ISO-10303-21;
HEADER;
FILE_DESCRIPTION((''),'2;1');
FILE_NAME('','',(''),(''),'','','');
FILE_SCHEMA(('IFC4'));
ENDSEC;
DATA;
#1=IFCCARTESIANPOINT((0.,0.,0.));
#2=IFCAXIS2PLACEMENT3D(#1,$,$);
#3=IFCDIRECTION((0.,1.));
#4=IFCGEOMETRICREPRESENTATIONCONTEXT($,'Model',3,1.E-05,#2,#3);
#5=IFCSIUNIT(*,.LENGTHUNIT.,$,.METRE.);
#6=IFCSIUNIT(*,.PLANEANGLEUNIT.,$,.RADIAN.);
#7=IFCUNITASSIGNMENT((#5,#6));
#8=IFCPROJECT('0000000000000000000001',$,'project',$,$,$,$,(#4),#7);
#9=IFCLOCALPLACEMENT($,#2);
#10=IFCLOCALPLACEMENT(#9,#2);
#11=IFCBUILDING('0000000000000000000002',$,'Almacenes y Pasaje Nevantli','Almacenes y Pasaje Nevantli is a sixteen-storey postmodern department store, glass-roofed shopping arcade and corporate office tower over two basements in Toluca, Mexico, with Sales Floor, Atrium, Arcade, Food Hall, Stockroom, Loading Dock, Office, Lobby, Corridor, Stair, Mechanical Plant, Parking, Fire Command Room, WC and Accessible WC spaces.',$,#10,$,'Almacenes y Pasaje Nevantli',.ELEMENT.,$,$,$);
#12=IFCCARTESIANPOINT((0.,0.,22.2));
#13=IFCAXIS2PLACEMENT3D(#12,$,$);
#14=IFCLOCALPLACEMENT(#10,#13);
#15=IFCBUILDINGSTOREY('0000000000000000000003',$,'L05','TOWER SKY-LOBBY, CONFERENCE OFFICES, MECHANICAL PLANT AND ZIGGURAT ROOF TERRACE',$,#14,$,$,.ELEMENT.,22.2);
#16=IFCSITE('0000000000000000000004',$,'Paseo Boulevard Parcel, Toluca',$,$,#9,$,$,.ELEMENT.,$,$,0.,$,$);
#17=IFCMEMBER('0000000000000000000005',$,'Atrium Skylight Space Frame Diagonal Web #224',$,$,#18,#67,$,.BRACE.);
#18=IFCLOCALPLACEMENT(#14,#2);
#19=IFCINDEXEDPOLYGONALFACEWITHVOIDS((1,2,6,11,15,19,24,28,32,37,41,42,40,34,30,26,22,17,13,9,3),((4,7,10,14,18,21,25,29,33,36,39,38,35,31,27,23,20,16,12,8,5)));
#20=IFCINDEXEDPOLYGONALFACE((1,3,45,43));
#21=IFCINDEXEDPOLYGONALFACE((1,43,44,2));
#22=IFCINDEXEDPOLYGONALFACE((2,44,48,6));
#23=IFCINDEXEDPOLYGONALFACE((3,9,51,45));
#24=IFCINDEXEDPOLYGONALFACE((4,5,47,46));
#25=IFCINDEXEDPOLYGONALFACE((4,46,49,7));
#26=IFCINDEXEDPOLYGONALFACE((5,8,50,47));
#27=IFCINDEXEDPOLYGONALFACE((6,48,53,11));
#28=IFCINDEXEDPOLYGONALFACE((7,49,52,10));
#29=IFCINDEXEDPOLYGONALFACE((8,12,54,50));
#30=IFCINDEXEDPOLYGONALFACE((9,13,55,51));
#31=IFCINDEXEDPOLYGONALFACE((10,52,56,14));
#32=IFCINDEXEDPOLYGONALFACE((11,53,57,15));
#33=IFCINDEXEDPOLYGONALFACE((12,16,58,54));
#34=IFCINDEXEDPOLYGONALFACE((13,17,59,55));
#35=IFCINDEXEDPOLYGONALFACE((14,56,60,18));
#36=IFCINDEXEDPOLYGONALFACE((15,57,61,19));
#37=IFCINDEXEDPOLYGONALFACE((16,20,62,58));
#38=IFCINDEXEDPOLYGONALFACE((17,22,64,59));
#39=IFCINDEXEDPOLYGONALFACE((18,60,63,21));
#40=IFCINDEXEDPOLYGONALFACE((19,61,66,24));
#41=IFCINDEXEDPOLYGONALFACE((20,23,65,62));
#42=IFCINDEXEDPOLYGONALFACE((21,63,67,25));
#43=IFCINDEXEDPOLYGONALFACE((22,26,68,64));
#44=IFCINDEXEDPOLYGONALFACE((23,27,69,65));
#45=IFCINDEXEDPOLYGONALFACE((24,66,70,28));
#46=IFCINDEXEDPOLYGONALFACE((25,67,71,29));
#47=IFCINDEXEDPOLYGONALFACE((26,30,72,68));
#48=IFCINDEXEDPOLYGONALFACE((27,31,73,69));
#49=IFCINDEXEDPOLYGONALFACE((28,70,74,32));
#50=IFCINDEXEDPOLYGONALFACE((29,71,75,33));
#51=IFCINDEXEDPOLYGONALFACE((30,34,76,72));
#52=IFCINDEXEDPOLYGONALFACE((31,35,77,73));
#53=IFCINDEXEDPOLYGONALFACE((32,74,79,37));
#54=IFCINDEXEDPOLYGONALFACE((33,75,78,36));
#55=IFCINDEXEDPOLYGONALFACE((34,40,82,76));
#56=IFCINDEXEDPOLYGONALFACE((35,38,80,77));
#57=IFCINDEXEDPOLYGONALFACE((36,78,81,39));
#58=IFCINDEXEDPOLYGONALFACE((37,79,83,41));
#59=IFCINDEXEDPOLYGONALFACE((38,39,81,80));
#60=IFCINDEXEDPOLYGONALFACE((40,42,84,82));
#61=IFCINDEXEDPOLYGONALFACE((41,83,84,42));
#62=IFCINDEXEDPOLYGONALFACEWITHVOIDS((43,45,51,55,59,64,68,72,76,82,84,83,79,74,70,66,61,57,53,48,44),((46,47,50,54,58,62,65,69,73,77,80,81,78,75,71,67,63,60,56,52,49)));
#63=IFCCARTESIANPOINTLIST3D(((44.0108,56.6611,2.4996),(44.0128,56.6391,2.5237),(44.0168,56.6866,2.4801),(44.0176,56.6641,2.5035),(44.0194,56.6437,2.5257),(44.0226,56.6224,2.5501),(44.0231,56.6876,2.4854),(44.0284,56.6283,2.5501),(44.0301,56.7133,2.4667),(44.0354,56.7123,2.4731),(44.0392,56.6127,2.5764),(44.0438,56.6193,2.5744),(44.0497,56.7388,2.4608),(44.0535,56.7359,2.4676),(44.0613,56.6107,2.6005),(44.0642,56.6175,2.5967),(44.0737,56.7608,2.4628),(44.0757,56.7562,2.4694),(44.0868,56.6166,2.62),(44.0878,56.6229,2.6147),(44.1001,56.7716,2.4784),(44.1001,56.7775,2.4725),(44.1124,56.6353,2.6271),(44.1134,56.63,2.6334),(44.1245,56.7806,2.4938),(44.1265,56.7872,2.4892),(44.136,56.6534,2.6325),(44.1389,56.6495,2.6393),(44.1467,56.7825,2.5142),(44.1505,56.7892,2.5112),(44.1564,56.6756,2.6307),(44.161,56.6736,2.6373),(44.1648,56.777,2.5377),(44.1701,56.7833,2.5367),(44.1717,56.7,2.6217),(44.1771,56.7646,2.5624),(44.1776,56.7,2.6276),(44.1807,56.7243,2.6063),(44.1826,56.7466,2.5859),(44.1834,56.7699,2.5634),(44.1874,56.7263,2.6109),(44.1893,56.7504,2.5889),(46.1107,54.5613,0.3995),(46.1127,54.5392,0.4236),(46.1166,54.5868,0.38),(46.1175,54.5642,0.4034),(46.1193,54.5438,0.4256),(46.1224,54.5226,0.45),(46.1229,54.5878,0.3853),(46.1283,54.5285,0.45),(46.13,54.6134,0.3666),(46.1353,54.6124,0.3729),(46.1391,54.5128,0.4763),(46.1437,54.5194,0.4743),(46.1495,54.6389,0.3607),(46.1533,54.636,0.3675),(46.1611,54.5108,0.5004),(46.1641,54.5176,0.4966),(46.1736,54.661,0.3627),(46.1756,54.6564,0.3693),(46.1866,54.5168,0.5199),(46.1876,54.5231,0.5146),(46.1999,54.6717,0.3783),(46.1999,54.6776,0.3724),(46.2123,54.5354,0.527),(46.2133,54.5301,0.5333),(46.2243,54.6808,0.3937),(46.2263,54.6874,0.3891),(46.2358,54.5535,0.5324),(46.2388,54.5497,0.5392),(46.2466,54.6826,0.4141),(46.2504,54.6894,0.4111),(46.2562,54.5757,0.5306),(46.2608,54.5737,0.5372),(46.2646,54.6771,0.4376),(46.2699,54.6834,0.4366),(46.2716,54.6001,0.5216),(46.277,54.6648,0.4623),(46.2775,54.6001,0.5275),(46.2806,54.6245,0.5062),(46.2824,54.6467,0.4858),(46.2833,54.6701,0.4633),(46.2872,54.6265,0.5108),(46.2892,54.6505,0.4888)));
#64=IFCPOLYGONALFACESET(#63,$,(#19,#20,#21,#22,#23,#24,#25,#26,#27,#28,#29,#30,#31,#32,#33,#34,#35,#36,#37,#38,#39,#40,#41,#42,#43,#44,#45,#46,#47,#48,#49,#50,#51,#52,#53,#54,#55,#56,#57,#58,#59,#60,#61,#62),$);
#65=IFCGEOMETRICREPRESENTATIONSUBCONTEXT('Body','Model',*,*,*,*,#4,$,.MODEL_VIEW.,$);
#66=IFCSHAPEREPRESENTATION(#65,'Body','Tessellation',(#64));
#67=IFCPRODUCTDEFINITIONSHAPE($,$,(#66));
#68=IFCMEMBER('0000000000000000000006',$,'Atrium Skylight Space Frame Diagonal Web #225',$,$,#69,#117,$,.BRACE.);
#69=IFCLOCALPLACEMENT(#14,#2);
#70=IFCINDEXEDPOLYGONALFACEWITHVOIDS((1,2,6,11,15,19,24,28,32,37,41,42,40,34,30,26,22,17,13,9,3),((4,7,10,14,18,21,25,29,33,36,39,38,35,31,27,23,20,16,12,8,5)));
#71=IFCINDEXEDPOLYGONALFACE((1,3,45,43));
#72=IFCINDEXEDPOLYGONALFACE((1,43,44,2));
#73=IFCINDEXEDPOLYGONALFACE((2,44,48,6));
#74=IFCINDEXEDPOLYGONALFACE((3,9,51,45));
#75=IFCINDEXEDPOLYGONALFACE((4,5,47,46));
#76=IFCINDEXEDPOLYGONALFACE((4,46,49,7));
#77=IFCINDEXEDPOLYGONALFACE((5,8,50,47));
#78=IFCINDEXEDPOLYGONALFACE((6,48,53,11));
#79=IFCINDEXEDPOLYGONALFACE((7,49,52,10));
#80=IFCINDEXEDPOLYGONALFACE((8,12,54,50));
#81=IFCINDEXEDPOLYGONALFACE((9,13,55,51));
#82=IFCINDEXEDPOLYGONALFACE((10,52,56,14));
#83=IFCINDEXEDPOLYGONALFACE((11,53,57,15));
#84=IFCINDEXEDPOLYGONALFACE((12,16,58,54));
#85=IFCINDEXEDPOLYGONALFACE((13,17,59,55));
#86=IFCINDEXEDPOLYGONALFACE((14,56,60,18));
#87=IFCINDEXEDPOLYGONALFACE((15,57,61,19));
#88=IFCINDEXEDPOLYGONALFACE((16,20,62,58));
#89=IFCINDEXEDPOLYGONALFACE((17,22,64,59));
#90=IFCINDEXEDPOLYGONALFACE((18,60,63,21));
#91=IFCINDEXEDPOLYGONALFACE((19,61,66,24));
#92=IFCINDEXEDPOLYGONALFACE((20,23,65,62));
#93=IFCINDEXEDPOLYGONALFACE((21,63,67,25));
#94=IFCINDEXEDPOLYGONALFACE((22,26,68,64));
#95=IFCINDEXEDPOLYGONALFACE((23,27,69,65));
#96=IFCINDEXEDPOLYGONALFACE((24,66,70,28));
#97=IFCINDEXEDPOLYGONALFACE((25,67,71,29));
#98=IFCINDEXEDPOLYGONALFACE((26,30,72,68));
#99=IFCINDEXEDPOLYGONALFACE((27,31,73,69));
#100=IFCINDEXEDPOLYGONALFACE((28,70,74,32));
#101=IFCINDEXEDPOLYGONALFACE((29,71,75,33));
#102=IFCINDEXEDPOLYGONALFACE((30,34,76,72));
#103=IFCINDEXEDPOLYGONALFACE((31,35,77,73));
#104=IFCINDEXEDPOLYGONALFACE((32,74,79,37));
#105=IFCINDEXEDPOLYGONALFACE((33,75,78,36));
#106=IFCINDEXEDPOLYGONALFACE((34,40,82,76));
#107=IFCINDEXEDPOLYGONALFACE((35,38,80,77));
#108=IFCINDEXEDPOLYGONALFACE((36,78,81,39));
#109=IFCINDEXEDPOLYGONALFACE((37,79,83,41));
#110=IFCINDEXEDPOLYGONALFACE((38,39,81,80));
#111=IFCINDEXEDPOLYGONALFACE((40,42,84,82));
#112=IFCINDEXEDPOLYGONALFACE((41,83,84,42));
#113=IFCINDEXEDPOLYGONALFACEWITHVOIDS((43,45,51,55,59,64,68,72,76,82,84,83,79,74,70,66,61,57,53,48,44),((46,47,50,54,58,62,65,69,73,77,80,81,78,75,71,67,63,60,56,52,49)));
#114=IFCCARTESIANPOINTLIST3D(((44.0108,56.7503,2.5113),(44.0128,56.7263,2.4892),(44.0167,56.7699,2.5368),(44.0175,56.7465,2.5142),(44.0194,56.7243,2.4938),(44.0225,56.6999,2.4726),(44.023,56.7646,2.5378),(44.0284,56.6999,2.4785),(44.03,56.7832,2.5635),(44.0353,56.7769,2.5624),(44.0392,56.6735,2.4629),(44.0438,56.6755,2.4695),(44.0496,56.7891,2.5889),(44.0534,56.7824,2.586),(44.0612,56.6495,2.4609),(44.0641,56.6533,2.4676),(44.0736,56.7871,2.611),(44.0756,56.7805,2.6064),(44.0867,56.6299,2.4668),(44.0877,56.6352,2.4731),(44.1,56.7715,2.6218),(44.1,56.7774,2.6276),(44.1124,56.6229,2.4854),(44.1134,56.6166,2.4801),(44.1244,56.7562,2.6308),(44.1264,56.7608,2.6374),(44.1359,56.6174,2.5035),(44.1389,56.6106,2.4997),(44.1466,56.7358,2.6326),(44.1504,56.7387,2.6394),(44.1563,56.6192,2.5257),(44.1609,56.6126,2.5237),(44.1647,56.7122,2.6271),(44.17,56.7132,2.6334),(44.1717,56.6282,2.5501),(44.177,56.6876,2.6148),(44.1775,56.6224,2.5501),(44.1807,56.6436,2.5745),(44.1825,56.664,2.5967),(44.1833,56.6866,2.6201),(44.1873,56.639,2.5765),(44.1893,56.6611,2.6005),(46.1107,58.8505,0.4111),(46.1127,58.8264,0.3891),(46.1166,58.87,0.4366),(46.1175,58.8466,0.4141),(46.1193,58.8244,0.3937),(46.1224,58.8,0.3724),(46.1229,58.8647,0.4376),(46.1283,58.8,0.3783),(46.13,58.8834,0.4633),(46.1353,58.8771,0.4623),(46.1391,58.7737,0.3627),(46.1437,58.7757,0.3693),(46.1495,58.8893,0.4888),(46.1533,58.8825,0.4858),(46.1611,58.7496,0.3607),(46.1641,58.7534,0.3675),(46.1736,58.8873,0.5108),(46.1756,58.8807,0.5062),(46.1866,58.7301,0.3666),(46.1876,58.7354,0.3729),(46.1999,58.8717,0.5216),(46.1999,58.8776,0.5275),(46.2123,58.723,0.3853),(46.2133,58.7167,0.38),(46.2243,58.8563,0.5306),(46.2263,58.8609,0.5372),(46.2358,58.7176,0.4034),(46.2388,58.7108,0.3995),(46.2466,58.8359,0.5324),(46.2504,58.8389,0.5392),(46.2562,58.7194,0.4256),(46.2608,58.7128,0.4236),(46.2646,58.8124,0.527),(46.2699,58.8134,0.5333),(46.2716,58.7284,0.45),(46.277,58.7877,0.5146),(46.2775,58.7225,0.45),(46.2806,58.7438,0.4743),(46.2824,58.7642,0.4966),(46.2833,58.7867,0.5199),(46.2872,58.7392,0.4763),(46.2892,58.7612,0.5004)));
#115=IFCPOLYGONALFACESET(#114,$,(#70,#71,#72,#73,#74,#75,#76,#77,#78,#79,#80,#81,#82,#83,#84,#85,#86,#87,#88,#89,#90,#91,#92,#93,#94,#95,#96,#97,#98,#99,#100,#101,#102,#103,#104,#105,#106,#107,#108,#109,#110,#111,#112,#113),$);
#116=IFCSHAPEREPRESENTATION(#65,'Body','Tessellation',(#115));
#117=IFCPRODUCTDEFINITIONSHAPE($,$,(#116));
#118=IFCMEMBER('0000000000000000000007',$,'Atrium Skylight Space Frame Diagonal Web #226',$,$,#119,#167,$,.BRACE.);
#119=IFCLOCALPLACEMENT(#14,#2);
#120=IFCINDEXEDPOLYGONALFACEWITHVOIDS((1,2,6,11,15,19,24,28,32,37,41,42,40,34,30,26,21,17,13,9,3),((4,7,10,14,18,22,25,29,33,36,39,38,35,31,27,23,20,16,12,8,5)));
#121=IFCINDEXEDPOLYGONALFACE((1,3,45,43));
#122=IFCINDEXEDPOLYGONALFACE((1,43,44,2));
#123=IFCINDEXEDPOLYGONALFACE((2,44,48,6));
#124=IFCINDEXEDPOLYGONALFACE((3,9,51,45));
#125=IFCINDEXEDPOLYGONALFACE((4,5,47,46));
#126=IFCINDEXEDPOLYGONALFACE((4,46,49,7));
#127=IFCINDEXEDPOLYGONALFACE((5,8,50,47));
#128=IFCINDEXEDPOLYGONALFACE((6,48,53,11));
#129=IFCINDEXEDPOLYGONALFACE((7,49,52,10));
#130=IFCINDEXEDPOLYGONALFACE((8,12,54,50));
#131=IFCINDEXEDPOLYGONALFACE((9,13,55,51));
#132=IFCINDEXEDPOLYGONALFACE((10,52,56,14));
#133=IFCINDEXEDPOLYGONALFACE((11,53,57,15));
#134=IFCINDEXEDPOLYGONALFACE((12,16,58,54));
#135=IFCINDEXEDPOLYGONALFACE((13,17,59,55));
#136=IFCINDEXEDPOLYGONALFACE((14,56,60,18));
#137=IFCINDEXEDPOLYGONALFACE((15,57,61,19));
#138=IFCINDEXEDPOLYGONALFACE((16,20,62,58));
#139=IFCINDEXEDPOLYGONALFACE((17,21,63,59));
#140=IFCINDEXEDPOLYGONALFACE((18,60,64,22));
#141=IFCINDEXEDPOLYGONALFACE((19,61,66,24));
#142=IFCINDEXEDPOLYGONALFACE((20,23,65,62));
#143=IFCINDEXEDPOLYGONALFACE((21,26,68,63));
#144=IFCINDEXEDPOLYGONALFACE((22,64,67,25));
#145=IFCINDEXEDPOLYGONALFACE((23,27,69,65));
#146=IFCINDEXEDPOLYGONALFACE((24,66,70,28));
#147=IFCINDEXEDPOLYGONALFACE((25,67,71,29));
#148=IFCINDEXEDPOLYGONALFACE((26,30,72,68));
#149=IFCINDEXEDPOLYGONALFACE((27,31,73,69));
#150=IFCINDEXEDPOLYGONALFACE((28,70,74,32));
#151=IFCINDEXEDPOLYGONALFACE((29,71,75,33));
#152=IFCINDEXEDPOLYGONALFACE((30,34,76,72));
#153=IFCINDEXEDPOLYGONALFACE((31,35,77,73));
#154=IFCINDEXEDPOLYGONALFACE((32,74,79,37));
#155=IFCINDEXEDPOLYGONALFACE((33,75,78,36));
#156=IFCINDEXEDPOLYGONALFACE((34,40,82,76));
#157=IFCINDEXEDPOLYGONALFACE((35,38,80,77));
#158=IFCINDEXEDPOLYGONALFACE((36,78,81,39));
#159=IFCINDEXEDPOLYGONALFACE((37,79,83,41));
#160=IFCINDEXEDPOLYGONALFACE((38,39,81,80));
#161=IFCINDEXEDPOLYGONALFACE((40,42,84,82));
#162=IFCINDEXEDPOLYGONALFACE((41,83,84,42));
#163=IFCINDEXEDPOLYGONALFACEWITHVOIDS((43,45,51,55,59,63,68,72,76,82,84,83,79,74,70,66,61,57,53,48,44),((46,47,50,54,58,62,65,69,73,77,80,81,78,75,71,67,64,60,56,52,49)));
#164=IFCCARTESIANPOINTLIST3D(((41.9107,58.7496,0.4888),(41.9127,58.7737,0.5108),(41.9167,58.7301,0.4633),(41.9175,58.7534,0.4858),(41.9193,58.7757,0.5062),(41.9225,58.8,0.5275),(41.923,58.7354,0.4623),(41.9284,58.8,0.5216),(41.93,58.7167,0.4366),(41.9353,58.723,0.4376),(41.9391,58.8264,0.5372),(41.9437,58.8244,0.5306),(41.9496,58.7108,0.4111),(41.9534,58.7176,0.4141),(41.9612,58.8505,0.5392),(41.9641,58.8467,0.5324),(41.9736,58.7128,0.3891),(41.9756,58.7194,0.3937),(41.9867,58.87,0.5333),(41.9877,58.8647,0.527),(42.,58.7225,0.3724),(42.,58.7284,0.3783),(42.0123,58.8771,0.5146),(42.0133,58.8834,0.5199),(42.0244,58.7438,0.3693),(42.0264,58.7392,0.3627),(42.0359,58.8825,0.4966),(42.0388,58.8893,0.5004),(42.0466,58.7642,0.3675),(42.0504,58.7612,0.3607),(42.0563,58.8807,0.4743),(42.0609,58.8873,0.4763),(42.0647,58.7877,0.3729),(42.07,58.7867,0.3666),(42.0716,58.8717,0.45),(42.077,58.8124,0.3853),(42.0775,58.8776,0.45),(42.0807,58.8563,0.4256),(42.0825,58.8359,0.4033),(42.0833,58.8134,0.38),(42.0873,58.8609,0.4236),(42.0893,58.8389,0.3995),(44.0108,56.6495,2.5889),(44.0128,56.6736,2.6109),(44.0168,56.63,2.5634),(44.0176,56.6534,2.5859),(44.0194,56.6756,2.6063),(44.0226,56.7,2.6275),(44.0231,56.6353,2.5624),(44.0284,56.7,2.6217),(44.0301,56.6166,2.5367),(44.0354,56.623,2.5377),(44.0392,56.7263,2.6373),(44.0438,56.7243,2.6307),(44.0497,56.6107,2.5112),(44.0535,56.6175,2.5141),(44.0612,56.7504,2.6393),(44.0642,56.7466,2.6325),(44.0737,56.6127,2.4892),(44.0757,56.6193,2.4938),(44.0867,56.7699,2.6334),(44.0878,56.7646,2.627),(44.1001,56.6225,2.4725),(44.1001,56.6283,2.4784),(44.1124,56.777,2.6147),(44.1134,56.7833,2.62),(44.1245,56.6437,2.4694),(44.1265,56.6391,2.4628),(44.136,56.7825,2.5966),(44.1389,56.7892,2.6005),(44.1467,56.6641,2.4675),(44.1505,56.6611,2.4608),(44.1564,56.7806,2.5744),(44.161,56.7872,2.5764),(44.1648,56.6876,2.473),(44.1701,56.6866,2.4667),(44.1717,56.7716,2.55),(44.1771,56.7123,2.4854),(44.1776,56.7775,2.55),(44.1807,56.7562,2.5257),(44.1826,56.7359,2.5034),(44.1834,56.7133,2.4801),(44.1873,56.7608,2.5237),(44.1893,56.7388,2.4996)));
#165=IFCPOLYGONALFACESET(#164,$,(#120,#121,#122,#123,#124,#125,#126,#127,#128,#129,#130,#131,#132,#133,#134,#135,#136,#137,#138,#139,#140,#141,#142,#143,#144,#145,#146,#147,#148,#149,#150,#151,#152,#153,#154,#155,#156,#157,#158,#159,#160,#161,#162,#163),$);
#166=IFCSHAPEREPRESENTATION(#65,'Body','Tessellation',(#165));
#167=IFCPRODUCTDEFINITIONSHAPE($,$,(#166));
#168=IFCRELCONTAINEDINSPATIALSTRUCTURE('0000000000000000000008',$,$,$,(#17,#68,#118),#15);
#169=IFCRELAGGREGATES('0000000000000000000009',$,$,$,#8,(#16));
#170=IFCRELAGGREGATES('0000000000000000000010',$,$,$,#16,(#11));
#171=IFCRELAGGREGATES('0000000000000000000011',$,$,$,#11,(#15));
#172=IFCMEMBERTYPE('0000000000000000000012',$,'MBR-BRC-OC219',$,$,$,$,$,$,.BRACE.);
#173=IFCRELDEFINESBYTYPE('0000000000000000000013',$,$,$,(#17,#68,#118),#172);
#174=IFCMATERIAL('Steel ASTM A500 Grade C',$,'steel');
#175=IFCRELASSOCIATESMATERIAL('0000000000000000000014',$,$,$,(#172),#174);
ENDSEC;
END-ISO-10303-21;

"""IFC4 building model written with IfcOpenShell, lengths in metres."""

from ifc_helpers import new_model, si_unit, direction, frame, origin, origin_2d, place, context, subcontext, project, spatial, hollow_circle, extrude, material, material_profile, profile_set, type_object, element, save


model = new_model("IFC4")

# Units and contexts
model_context = context("Model", 3, precision=1e-05, world=origin(), true_north=direction((0.0, 1.0)))
body_context = subcontext(model_context, "Body", "Model", "MODEL_VIEW")
ifc_project = project(units=[si_unit("LENGTHUNIT", "METRE"), si_unit("PLANEANGLEUNIT", "RADIAN")], contexts=[model_context])

# Site, building, storey
site_placement = place(None, origin())
site = spatial("IfcSite", under=ifc_project, at=site_placement, Name="Paseo Boulevard Parcel, Toluca", CompositionType="ELEMENT", RefElevation=0.0)
building_placement = place(site_placement, origin())
building = spatial("IfcBuilding", under=site, at=building_placement, Name="Almacenes y Pasaje Nevantli", Description="Almacenes y Pasaje Nevantli is a sixteen-storey postmodern department store, glass-roofed shopping arcade and corporate office tower over two basements in Toluca, Mexico, with Sales Floor, Atrium, Arcade, Food Hall, Stockroom, Loading Dock, Office, Lobby, Corridor, Stair, Mechanical Plant, Parking, Fire Command Room, WC and Accessible WC spaces.", LongName="Almacenes y Pasaje Nevantli", CompositionType="ELEMENT")
storey_placement = place(building_placement, frame((0.0, 0.0, 22.2)))
storey = spatial("IfcBuildingStorey", under=building, at=storey_placement, Name="L05", Description="TOWER SKY-LOBBY, CONFERENCE OFFICES, MECHANICAL PLANT AND ZIGGURAT ROOF TERRACE", CompositionType="ELEMENT", Elevation=22.2)

# Members
ifc_material_1 = material(Name="Steel ASTM A500 Grade C", Category="steel")
ifc_material_profile_1 = material_profile(ifc_material_1, hollow_circle(Radius=0.1096, WallThickness=0.0083, at=origin_2d()), Name="OC 219x8.2")
ifc_profile_set_1 = profile_set([ifc_material_profile_1], Name="Steel ASTM A500 Grade C")
member_type_1 = type_object("IfcMemberType", Name="MBR-BRC-OC219", PredefinedType="BRACE", material=ifc_profile_set_1)
member_1_placement = place(storey_placement, frame((46.2, 54.6001, 0.45), z_axis=(-0.577328, 0.577328, 0.577395), x_axis=(-0.707107, -0.707107, 0.0)))
element("IfcMember", 1, at=member_1_placement, inside=storey, type_object=member_type_1, Name="Atrium Skylight Space Frame Diagonal Web #224", PredefinedType="BRACE", context=body_context, shape_type="SweptSolid", body=[
    extrude(hollow_circle(Radius=0.1096, WallThickness=0.0083, at=origin_2d()), origin(), (0.0, 0.0, 1.0), 3.6372),
])
for number, where, z_axis, x_axis, name in (
    (2, (46.2, 58.8, 0.45), (-0.577306, -0.577373, 0.577373), (0.707148, -0.707066, 0.0), "Atrium Skylight Space Frame Diagonal Web #225"),
    (3, (42.0, 58.8, 0.45), (0.57735, -0.57735, 0.57735), (0.707107, 0.707107, 0.0), "Atrium Skylight Space Frame Diagonal Web #226"),
):
    element("IfcMember", number, at=place(storey_placement, frame(where, z_axis=z_axis, x_axis=x_axis)), inside=storey, type_object=member_type_1, Name=name, PredefinedType="BRACE", context=body_context, shape_type="SweptSolid", body=[
        extrude(hollow_circle(Radius=0.1096, WallThickness=0.0083, at=origin_2d()), origin(), (0.0, 0.0, 1.0), 3.6375),
    ])

save(model, "model.ifc")
